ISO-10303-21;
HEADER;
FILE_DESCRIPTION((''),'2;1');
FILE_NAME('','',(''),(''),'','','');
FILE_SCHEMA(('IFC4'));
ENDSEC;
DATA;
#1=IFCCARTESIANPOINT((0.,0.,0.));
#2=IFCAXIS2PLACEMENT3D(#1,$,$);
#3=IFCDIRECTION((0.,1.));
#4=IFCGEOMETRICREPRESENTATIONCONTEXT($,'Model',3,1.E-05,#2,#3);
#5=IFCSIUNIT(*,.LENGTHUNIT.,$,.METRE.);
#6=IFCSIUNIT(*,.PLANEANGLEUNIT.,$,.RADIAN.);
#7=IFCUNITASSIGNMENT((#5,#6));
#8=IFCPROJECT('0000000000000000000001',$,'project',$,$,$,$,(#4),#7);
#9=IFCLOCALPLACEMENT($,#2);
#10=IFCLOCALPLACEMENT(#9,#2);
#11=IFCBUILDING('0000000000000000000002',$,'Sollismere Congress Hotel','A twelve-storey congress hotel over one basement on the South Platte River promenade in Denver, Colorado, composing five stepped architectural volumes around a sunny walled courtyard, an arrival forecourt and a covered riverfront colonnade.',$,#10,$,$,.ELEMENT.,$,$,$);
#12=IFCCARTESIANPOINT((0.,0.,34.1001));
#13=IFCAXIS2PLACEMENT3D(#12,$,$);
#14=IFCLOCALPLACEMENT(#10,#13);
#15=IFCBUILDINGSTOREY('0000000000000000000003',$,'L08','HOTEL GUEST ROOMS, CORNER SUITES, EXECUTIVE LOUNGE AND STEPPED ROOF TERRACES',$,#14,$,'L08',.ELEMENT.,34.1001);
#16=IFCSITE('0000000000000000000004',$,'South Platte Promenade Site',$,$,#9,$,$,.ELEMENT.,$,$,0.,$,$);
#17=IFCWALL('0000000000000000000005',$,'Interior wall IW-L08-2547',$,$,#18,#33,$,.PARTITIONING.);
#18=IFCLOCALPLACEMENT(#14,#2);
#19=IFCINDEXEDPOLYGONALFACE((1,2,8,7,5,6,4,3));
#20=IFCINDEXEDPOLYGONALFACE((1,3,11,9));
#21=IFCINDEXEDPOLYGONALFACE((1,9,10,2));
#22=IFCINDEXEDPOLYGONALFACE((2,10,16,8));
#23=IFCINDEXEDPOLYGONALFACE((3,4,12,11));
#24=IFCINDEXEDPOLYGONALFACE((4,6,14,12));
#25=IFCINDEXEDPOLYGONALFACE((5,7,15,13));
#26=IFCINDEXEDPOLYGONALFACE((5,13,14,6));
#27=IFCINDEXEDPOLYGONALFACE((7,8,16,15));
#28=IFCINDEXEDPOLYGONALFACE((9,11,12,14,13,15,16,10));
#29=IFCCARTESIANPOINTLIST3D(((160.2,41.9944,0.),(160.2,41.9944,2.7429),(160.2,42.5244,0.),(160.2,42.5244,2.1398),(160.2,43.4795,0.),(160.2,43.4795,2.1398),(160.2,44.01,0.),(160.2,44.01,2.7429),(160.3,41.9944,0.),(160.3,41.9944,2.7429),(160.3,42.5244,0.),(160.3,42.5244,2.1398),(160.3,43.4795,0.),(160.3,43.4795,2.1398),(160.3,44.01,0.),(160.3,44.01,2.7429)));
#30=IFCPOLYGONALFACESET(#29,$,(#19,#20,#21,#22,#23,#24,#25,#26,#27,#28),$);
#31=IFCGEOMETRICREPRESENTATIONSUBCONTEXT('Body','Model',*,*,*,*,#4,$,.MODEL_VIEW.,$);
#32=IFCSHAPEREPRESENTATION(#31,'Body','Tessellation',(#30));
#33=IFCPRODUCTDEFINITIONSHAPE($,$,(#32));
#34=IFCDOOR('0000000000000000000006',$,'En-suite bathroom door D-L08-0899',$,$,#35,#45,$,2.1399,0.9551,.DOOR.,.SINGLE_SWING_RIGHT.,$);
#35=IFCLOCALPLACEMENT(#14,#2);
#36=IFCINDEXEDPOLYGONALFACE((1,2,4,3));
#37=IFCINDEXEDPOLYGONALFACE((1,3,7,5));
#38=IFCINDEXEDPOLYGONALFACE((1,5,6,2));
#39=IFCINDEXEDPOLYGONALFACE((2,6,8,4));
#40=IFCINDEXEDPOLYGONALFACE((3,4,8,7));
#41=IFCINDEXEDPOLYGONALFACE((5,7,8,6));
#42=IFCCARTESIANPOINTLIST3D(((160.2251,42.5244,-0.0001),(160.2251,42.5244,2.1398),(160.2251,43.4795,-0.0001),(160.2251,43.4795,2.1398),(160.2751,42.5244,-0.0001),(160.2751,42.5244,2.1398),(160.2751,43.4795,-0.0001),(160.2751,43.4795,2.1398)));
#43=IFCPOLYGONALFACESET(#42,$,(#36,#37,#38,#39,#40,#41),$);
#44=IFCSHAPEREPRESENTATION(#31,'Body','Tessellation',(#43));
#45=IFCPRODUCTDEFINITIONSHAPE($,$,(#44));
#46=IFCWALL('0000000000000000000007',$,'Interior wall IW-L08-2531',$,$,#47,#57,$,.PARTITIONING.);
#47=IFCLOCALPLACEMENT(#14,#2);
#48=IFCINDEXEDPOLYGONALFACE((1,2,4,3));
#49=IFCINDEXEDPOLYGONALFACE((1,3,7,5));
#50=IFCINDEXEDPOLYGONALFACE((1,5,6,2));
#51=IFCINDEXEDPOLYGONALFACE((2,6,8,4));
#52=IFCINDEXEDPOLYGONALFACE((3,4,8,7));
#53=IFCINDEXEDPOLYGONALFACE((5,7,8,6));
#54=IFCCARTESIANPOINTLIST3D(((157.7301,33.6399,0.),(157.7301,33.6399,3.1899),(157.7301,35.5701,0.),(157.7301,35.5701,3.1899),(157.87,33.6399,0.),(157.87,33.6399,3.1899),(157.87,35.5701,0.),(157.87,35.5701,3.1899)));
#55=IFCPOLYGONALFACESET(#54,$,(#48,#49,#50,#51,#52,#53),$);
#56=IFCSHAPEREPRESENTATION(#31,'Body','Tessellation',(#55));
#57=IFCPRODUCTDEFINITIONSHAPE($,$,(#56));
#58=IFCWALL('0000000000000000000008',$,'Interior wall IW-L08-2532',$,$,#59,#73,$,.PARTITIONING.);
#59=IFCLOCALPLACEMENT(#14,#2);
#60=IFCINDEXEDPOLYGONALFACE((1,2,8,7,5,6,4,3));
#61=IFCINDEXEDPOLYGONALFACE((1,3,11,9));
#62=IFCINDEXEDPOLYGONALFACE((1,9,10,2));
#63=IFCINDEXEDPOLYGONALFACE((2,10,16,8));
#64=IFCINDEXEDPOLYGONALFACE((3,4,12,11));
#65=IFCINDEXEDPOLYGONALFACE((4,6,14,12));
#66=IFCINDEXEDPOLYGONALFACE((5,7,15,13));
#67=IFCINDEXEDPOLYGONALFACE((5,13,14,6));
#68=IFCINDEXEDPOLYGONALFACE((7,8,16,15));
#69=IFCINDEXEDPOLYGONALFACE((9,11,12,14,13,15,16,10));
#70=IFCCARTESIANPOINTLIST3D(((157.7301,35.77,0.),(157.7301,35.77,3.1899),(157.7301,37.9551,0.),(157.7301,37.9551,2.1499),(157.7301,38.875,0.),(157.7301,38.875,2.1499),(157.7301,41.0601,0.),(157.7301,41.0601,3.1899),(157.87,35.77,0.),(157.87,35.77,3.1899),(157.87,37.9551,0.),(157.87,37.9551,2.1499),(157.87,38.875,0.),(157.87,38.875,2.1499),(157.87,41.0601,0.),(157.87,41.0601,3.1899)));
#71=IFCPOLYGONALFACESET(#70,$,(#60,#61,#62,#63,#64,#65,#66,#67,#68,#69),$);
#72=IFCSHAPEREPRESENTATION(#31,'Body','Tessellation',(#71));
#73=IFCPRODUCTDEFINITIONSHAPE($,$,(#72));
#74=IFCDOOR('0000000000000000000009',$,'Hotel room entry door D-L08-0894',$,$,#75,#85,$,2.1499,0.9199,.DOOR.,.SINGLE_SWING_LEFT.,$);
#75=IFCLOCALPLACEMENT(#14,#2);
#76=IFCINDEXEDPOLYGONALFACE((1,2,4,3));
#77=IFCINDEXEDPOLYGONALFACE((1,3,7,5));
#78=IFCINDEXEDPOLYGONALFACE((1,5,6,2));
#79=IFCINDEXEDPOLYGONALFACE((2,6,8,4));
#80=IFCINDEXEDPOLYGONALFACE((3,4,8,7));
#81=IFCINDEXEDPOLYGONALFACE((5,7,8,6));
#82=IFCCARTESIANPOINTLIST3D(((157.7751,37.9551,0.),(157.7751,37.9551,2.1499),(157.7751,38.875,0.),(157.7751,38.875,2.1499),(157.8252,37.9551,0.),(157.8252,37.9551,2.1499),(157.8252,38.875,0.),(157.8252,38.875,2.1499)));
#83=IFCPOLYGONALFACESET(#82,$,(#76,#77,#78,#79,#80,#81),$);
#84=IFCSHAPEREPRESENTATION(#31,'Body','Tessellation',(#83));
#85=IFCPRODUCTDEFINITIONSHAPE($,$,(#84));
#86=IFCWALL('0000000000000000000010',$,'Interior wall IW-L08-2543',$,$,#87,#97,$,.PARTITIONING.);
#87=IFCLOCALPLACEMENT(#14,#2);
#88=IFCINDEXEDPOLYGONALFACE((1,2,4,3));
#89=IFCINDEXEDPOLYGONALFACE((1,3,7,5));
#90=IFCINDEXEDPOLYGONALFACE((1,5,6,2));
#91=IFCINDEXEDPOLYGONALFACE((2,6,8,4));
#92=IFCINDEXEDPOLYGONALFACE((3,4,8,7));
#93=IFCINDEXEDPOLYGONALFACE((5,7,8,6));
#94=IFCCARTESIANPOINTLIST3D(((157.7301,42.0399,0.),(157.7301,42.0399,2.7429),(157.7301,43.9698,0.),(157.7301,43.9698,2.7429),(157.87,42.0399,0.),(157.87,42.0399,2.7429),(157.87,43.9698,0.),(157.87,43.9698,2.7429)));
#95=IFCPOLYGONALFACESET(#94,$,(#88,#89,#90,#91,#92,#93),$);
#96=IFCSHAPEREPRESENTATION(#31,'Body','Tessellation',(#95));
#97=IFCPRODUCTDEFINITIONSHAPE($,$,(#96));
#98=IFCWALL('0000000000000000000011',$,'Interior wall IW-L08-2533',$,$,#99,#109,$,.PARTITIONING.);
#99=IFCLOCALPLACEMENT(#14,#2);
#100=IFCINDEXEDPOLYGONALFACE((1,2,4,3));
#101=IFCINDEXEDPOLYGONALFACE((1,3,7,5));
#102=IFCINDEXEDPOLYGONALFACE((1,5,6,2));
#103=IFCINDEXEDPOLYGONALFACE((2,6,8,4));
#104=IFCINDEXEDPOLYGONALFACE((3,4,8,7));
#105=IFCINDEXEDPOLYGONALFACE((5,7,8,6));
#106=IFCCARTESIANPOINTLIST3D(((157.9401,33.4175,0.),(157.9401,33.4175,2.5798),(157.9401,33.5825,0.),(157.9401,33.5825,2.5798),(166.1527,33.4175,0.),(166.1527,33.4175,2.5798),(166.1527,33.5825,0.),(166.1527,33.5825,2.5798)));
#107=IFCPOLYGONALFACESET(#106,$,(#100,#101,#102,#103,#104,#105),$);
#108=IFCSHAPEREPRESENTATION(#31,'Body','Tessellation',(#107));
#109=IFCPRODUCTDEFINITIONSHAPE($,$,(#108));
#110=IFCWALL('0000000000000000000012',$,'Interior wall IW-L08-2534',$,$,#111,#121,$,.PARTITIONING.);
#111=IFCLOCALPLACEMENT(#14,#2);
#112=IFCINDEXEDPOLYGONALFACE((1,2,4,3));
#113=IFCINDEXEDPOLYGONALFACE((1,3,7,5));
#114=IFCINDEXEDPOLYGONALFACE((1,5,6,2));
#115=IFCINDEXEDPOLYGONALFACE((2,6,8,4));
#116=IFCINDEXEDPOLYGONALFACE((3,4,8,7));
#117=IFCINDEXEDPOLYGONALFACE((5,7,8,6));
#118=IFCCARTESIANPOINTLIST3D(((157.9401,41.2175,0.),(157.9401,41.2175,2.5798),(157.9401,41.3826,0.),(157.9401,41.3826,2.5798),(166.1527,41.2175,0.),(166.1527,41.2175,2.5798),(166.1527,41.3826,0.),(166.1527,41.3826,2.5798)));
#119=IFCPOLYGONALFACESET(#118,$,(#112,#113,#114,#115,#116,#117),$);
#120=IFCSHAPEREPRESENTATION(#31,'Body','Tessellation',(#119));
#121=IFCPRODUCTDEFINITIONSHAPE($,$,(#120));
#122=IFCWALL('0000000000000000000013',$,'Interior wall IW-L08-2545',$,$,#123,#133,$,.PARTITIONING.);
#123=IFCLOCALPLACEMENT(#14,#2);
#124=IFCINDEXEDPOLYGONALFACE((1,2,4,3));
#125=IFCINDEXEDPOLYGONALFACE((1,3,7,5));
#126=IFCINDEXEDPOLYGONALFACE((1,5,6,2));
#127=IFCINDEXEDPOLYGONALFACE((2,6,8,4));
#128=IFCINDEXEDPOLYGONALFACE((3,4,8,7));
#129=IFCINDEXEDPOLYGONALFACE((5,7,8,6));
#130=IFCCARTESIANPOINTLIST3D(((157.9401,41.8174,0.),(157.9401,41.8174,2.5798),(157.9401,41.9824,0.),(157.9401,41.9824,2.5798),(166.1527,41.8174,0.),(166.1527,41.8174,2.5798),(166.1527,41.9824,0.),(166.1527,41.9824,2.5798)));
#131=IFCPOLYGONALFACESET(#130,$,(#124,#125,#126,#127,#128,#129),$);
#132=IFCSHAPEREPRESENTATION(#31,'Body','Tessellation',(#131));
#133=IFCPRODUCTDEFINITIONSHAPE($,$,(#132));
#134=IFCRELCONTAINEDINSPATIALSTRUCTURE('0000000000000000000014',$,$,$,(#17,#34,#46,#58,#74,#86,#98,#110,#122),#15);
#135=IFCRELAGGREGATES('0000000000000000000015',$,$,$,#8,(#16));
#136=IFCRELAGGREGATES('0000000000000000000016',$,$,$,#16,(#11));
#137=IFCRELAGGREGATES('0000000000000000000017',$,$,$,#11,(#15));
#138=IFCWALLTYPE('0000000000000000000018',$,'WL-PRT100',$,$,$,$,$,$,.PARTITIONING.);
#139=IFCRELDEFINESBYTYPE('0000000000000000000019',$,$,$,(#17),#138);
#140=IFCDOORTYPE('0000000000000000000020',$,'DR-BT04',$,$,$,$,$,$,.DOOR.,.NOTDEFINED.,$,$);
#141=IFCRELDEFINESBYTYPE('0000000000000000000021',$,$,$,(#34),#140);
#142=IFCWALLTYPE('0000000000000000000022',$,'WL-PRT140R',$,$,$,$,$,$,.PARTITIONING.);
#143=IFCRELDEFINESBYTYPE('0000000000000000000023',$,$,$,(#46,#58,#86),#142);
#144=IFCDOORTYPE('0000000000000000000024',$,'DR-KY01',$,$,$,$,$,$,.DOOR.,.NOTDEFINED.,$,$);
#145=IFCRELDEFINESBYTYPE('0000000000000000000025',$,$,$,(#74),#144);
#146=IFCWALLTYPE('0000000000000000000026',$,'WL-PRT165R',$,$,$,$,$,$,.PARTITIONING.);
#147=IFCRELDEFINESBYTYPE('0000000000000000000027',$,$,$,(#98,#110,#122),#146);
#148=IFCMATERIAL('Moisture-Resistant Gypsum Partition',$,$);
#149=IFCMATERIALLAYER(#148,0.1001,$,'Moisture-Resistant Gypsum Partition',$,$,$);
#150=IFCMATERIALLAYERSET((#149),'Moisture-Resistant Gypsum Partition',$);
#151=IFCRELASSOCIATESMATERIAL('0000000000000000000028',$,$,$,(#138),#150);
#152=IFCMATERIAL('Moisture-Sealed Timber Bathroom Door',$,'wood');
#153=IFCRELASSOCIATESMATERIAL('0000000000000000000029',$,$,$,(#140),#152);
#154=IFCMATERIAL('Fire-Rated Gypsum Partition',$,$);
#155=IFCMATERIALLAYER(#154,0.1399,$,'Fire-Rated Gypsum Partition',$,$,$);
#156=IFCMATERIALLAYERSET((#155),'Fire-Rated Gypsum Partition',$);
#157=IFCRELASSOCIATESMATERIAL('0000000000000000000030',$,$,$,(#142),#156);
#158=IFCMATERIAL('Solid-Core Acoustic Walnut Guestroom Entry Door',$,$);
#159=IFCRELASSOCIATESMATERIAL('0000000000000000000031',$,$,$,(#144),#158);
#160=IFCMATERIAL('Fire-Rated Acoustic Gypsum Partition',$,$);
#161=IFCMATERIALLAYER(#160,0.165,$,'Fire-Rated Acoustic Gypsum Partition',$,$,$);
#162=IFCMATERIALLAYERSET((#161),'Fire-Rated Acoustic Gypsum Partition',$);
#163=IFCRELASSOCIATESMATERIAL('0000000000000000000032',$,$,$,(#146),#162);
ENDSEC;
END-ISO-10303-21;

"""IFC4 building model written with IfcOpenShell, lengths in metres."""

from ifc_helpers import new_model, si_unit, direction, frame, frame_2d, origin, place, context, subcontext, project, spatial, rectangle, extrude, material, layer, layer_set, type_object, element, fill, save


model = new_model("IFC4")

# Units and contexts
model_context = context("Model", 3, precision=1e-05, world=origin(), true_north=direction((0.0, 1.0)))
body_context = subcontext(model_context, "Body", "Model", "MODEL_VIEW")
ifc_project = project(units=[si_unit("LENGTHUNIT", "METRE"), si_unit("PLANEANGLEUNIT", "RADIAN")], contexts=[model_context])

# Site, building, storey
site_placement = place(None, origin())
site = spatial("IfcSite", under=ifc_project, at=site_placement, Name="South Platte Promenade Site", CompositionType="ELEMENT", RefElevation=0.0)
building_placement = place(site_placement, origin())
building = spatial("IfcBuilding", under=site, at=building_placement, Name="Sollismere Congress Hotel", Description="A twelve-storey congress hotel over one basement on the South Platte River promenade in Denver, Colorado, composing five stepped architectural volumes around a sunny walled courtyard, an arrival forecourt and a covered riverfront colonnade.", CompositionType="ELEMENT")
storey_placement = place(building_placement, frame((0.0, 0.0, 34.1001)))
storey = spatial("IfcBuildingStorey", under=building, at=storey_placement, Name="L08", Description="HOTEL GUEST ROOMS, CORNER SUITES, EXECUTIVE LOUNGE AND STEPPED ROOF TERRACES", LongName="L08", CompositionType="ELEMENT", Elevation=34.1001)

# Wall, opening, door
ifc_material_1 = material(Name="Moisture-Resistant Gypsum Partition")
ifc_layer_1 = layer(ifc_material_1, 0.1001, Name="Moisture-Resistant Gypsum Partition")
ifc_layer_set_1 = layer_set([ifc_layer_1], Name="Moisture-Resistant Gypsum Partition")
wall_type_1 = type_object("IfcWallType", Name="WL-PRT100", PredefinedType="PARTITIONING", material=ifc_layer_set_1)
ifc_material_2 = material(Name="Moisture-Sealed Timber Bathroom Door", Category="wood")
wall_1_placement = place(storey_placement, frame((160.25, 41.9944, 0.0), z_axis=(0.0, 0.0, 1.0), x_axis=(0.0, 1.0, 0.0)))
wall_1 = element("IfcWall", 1, at=wall_1_placement, inside=storey, type_object=wall_type_1, Name="Interior wall IW-L08-2547", PredefinedType="PARTITIONING", context=body_context, shape_type="SweptSolid", body=[
    extrude(rectangle(XDim=2.0156, YDim=0.1001, at=frame_2d((1.0078, 0.0))), origin(), (0.0, 0.0, 1.0), 2.7429),
])
opening_1_placement = place(wall_1_placement, frame((0.53, 0.0, 0.0)))
opening_1 = element("IfcOpeningElement", 2, at=opening_1_placement, cuts=wall_1, PredefinedType="OPENING", context=body_context, shape_type="SweptSolid", body=[
    extrude(rectangle(XDim=0.9551, YDim=2.1399, at=frame_2d((0.4775, 1.0698))), frame((0.0, 0.0601, 0.0), z_axis=(0.0, -1.0, 0.0), x_axis=(1.0, 0.0, 0.0)), (0.0, 0.0, 1.0), 0.1201),
])
door_type_1 = type_object("IfcDoorType", Name="DR-BT04", OperationType="NOTDEFINED", PredefinedType="DOOR", material=ifc_material_2)
door_1_placement = place(opening_1_placement, origin())
door_1 = element("IfcDoor", 3, at=door_1_placement, inside=storey, type_object=door_type_1, Name="En-suite bathroom door D-L08-0899", OperationType="SINGLE_SWING_RIGHT", OverallHeight=2.1399, OverallWidth=0.9551, PredefinedType="DOOR", context=body_context, shape_type="SweptSolid", body=[
    extrude(rectangle(XDim=0.9551, YDim=2.1399, at=frame_2d((0.4775, 1.0698))), frame((0.0, 0.0249, 0.0), z_axis=(0.0, -1.0, 0.0), x_axis=(1.0, 0.0, 0.0)), (0.0, 0.0, 1.0), 0.05),
])
fill(opening_1, door_1)

# Wall
ifc_material_3 = material(Name="Fire-Rated Gypsum Partition")
ifc_layer_2 = layer(ifc_material_3, 0.1399, Name="Fire-Rated Gypsum Partition")
ifc_layer_set_2 = layer_set([ifc_layer_2], Name="Fire-Rated Gypsum Partition")
wall_type_2 = type_object("IfcWallType", Name="WL-PRT140R", PredefinedType="PARTITIONING", material=ifc_layer_set_2)
wall_2_placement = place(storey_placement, frame((157.8, 33.6399, 0.0), z_axis=(0.0, 0.0, 1.0), x_axis=(0.0, 1.0, 0.0)))
element("IfcWall", 4, at=wall_2_placement, inside=storey, type_object=wall_type_2, Name="Interior wall IW-L08-2531", PredefinedType="PARTITIONING", context=body_context, shape_type="SweptSolid", body=[
    extrude(rectangle(XDim=1.9302, YDim=0.1399, at=frame_2d((0.9651, 0.0))), origin(), (0.0, 0.0, 1.0), 3.1899),
])

# Wall, opening, door
wall_3_placement = place(storey_placement, frame((157.8, 35.77, 0.0), z_axis=(0.0, 0.0, 1.0), x_axis=(0.0, 1.0, 0.0)))
wall_3 = element("IfcWall", 5, at=wall_3_placement, inside=storey, type_object=wall_type_2, Name="Interior wall IW-L08-2532", PredefinedType="PARTITIONING", context=body_context, shape_type="SweptSolid", body=[
    extrude(rectangle(XDim=5.29, YDim=0.1399, at=frame_2d((2.645, 0.0))), origin(), (0.0, 0.0, 1.0), 3.1899),
])
opening_2_placement = place(wall_3_placement, frame((2.1851, 0.0, 0.0)))
opening_2 = element("IfcOpeningElement", 6, at=opening_2_placement, cuts=wall_3, PredefinedType="OPENING", context=body_context, shape_type="SweptSolid", body=[
    extrude(rectangle(XDim=0.9199, YDim=2.1499, at=frame_2d((0.46, 1.075))), frame((0.0, 0.0798, 0.0), z_axis=(0.0, -1.0, 0.0), x_axis=(1.0, 0.0, 0.0)), (0.0, 0.0, 1.0), 0.1599),
])
ifc_material_4 = material(Name="Solid-Core Acoustic Walnut Guestroom Entry Door")
door_type_2 = type_object("IfcDoorType", Name="DR-KY01", OperationType="NOTDEFINED", PredefinedType="DOOR", material=ifc_material_4)
door_2_placement = place(opening_2_placement, origin())
door_2 = element("IfcDoor", 7, at=door_2_placement, inside=storey, type_object=door_type_2, Name="Hotel room entry door D-L08-0894", OperationType="SINGLE_SWING_LEFT", OverallHeight=2.1499, OverallWidth=0.9199, PredefinedType="DOOR", context=body_context, shape_type="SweptSolid", body=[
    extrude(rectangle(XDim=0.9199, YDim=2.1499, at=frame_2d((0.46, 1.075))), frame((0.0, 0.0249, 0.0), z_axis=(0.0, -1.0, 0.0), x_axis=(1.0, 0.0, 0.0)), (0.0, 0.0, 1.0), 0.05),
])
fill(opening_2, door_2)

# Walls
wall_4_placement = place(storey_placement, frame((157.8, 42.04, 0.0), z_axis=(0.0, 0.0, 1.0), x_axis=(0.0, 1.0, 0.0)))
element("IfcWall", 8, at=wall_4_placement, inside=storey, type_object=wall_type_2, Name="Interior wall IW-L08-2543", PredefinedType="PARTITIONING", context=body_context, shape_type="SweptSolid", body=[
    extrude(rectangle(XDim=1.9299, YDim=0.1399, at=frame_2d((0.9648, 0.0))), origin(), (0.0, 0.0, 1.0), 2.7429),
])
ifc_material_5 = material(Name="Fire-Rated Acoustic Gypsum Partition")
ifc_layer_3 = layer(ifc_material_5, 0.165, Name="Fire-Rated Acoustic Gypsum Partition")
ifc_layer_set_3 = layer_set([ifc_layer_3], Name="Fire-Rated Acoustic Gypsum Partition")
wall_type_3 = type_object("IfcWallType", Name="WL-PRT165R", PredefinedType="PARTITIONING", material=ifc_layer_set_3)
for number, where, z_axis, x_axis, name in (
    (9, (157.9399, 33.5, 0.0), (0.0, 0.0, 1.0), (1.0, 0.0, 0.0), "Interior wall IW-L08-2533"),
    (10, (157.9399, 41.3, 0.0), (0.0, 0.0, 1.0), (1.0, 0.0, 0.0), "Interior wall IW-L08-2534"),
    (11, (157.9399, 41.8999, 0.0), (0.0, 0.0, 1.0), (1.0, 0.0, 0.0), "Interior wall IW-L08-2545"),
):
    element("IfcWall", number, at=place(storey_placement, frame(where, z_axis=z_axis, x_axis=x_axis)), inside=storey, type_object=wall_type_3, Name=name, PredefinedType="PARTITIONING", context=body_context, shape_type="SweptSolid", body=[
        extrude(rectangle(XDim=8.2126, YDim=0.165, at=frame_2d((4.1064, 0.0))), origin(), (0.0, 0.0, 1.0), 2.5798),
    ])

save(model, "model.ifc")
